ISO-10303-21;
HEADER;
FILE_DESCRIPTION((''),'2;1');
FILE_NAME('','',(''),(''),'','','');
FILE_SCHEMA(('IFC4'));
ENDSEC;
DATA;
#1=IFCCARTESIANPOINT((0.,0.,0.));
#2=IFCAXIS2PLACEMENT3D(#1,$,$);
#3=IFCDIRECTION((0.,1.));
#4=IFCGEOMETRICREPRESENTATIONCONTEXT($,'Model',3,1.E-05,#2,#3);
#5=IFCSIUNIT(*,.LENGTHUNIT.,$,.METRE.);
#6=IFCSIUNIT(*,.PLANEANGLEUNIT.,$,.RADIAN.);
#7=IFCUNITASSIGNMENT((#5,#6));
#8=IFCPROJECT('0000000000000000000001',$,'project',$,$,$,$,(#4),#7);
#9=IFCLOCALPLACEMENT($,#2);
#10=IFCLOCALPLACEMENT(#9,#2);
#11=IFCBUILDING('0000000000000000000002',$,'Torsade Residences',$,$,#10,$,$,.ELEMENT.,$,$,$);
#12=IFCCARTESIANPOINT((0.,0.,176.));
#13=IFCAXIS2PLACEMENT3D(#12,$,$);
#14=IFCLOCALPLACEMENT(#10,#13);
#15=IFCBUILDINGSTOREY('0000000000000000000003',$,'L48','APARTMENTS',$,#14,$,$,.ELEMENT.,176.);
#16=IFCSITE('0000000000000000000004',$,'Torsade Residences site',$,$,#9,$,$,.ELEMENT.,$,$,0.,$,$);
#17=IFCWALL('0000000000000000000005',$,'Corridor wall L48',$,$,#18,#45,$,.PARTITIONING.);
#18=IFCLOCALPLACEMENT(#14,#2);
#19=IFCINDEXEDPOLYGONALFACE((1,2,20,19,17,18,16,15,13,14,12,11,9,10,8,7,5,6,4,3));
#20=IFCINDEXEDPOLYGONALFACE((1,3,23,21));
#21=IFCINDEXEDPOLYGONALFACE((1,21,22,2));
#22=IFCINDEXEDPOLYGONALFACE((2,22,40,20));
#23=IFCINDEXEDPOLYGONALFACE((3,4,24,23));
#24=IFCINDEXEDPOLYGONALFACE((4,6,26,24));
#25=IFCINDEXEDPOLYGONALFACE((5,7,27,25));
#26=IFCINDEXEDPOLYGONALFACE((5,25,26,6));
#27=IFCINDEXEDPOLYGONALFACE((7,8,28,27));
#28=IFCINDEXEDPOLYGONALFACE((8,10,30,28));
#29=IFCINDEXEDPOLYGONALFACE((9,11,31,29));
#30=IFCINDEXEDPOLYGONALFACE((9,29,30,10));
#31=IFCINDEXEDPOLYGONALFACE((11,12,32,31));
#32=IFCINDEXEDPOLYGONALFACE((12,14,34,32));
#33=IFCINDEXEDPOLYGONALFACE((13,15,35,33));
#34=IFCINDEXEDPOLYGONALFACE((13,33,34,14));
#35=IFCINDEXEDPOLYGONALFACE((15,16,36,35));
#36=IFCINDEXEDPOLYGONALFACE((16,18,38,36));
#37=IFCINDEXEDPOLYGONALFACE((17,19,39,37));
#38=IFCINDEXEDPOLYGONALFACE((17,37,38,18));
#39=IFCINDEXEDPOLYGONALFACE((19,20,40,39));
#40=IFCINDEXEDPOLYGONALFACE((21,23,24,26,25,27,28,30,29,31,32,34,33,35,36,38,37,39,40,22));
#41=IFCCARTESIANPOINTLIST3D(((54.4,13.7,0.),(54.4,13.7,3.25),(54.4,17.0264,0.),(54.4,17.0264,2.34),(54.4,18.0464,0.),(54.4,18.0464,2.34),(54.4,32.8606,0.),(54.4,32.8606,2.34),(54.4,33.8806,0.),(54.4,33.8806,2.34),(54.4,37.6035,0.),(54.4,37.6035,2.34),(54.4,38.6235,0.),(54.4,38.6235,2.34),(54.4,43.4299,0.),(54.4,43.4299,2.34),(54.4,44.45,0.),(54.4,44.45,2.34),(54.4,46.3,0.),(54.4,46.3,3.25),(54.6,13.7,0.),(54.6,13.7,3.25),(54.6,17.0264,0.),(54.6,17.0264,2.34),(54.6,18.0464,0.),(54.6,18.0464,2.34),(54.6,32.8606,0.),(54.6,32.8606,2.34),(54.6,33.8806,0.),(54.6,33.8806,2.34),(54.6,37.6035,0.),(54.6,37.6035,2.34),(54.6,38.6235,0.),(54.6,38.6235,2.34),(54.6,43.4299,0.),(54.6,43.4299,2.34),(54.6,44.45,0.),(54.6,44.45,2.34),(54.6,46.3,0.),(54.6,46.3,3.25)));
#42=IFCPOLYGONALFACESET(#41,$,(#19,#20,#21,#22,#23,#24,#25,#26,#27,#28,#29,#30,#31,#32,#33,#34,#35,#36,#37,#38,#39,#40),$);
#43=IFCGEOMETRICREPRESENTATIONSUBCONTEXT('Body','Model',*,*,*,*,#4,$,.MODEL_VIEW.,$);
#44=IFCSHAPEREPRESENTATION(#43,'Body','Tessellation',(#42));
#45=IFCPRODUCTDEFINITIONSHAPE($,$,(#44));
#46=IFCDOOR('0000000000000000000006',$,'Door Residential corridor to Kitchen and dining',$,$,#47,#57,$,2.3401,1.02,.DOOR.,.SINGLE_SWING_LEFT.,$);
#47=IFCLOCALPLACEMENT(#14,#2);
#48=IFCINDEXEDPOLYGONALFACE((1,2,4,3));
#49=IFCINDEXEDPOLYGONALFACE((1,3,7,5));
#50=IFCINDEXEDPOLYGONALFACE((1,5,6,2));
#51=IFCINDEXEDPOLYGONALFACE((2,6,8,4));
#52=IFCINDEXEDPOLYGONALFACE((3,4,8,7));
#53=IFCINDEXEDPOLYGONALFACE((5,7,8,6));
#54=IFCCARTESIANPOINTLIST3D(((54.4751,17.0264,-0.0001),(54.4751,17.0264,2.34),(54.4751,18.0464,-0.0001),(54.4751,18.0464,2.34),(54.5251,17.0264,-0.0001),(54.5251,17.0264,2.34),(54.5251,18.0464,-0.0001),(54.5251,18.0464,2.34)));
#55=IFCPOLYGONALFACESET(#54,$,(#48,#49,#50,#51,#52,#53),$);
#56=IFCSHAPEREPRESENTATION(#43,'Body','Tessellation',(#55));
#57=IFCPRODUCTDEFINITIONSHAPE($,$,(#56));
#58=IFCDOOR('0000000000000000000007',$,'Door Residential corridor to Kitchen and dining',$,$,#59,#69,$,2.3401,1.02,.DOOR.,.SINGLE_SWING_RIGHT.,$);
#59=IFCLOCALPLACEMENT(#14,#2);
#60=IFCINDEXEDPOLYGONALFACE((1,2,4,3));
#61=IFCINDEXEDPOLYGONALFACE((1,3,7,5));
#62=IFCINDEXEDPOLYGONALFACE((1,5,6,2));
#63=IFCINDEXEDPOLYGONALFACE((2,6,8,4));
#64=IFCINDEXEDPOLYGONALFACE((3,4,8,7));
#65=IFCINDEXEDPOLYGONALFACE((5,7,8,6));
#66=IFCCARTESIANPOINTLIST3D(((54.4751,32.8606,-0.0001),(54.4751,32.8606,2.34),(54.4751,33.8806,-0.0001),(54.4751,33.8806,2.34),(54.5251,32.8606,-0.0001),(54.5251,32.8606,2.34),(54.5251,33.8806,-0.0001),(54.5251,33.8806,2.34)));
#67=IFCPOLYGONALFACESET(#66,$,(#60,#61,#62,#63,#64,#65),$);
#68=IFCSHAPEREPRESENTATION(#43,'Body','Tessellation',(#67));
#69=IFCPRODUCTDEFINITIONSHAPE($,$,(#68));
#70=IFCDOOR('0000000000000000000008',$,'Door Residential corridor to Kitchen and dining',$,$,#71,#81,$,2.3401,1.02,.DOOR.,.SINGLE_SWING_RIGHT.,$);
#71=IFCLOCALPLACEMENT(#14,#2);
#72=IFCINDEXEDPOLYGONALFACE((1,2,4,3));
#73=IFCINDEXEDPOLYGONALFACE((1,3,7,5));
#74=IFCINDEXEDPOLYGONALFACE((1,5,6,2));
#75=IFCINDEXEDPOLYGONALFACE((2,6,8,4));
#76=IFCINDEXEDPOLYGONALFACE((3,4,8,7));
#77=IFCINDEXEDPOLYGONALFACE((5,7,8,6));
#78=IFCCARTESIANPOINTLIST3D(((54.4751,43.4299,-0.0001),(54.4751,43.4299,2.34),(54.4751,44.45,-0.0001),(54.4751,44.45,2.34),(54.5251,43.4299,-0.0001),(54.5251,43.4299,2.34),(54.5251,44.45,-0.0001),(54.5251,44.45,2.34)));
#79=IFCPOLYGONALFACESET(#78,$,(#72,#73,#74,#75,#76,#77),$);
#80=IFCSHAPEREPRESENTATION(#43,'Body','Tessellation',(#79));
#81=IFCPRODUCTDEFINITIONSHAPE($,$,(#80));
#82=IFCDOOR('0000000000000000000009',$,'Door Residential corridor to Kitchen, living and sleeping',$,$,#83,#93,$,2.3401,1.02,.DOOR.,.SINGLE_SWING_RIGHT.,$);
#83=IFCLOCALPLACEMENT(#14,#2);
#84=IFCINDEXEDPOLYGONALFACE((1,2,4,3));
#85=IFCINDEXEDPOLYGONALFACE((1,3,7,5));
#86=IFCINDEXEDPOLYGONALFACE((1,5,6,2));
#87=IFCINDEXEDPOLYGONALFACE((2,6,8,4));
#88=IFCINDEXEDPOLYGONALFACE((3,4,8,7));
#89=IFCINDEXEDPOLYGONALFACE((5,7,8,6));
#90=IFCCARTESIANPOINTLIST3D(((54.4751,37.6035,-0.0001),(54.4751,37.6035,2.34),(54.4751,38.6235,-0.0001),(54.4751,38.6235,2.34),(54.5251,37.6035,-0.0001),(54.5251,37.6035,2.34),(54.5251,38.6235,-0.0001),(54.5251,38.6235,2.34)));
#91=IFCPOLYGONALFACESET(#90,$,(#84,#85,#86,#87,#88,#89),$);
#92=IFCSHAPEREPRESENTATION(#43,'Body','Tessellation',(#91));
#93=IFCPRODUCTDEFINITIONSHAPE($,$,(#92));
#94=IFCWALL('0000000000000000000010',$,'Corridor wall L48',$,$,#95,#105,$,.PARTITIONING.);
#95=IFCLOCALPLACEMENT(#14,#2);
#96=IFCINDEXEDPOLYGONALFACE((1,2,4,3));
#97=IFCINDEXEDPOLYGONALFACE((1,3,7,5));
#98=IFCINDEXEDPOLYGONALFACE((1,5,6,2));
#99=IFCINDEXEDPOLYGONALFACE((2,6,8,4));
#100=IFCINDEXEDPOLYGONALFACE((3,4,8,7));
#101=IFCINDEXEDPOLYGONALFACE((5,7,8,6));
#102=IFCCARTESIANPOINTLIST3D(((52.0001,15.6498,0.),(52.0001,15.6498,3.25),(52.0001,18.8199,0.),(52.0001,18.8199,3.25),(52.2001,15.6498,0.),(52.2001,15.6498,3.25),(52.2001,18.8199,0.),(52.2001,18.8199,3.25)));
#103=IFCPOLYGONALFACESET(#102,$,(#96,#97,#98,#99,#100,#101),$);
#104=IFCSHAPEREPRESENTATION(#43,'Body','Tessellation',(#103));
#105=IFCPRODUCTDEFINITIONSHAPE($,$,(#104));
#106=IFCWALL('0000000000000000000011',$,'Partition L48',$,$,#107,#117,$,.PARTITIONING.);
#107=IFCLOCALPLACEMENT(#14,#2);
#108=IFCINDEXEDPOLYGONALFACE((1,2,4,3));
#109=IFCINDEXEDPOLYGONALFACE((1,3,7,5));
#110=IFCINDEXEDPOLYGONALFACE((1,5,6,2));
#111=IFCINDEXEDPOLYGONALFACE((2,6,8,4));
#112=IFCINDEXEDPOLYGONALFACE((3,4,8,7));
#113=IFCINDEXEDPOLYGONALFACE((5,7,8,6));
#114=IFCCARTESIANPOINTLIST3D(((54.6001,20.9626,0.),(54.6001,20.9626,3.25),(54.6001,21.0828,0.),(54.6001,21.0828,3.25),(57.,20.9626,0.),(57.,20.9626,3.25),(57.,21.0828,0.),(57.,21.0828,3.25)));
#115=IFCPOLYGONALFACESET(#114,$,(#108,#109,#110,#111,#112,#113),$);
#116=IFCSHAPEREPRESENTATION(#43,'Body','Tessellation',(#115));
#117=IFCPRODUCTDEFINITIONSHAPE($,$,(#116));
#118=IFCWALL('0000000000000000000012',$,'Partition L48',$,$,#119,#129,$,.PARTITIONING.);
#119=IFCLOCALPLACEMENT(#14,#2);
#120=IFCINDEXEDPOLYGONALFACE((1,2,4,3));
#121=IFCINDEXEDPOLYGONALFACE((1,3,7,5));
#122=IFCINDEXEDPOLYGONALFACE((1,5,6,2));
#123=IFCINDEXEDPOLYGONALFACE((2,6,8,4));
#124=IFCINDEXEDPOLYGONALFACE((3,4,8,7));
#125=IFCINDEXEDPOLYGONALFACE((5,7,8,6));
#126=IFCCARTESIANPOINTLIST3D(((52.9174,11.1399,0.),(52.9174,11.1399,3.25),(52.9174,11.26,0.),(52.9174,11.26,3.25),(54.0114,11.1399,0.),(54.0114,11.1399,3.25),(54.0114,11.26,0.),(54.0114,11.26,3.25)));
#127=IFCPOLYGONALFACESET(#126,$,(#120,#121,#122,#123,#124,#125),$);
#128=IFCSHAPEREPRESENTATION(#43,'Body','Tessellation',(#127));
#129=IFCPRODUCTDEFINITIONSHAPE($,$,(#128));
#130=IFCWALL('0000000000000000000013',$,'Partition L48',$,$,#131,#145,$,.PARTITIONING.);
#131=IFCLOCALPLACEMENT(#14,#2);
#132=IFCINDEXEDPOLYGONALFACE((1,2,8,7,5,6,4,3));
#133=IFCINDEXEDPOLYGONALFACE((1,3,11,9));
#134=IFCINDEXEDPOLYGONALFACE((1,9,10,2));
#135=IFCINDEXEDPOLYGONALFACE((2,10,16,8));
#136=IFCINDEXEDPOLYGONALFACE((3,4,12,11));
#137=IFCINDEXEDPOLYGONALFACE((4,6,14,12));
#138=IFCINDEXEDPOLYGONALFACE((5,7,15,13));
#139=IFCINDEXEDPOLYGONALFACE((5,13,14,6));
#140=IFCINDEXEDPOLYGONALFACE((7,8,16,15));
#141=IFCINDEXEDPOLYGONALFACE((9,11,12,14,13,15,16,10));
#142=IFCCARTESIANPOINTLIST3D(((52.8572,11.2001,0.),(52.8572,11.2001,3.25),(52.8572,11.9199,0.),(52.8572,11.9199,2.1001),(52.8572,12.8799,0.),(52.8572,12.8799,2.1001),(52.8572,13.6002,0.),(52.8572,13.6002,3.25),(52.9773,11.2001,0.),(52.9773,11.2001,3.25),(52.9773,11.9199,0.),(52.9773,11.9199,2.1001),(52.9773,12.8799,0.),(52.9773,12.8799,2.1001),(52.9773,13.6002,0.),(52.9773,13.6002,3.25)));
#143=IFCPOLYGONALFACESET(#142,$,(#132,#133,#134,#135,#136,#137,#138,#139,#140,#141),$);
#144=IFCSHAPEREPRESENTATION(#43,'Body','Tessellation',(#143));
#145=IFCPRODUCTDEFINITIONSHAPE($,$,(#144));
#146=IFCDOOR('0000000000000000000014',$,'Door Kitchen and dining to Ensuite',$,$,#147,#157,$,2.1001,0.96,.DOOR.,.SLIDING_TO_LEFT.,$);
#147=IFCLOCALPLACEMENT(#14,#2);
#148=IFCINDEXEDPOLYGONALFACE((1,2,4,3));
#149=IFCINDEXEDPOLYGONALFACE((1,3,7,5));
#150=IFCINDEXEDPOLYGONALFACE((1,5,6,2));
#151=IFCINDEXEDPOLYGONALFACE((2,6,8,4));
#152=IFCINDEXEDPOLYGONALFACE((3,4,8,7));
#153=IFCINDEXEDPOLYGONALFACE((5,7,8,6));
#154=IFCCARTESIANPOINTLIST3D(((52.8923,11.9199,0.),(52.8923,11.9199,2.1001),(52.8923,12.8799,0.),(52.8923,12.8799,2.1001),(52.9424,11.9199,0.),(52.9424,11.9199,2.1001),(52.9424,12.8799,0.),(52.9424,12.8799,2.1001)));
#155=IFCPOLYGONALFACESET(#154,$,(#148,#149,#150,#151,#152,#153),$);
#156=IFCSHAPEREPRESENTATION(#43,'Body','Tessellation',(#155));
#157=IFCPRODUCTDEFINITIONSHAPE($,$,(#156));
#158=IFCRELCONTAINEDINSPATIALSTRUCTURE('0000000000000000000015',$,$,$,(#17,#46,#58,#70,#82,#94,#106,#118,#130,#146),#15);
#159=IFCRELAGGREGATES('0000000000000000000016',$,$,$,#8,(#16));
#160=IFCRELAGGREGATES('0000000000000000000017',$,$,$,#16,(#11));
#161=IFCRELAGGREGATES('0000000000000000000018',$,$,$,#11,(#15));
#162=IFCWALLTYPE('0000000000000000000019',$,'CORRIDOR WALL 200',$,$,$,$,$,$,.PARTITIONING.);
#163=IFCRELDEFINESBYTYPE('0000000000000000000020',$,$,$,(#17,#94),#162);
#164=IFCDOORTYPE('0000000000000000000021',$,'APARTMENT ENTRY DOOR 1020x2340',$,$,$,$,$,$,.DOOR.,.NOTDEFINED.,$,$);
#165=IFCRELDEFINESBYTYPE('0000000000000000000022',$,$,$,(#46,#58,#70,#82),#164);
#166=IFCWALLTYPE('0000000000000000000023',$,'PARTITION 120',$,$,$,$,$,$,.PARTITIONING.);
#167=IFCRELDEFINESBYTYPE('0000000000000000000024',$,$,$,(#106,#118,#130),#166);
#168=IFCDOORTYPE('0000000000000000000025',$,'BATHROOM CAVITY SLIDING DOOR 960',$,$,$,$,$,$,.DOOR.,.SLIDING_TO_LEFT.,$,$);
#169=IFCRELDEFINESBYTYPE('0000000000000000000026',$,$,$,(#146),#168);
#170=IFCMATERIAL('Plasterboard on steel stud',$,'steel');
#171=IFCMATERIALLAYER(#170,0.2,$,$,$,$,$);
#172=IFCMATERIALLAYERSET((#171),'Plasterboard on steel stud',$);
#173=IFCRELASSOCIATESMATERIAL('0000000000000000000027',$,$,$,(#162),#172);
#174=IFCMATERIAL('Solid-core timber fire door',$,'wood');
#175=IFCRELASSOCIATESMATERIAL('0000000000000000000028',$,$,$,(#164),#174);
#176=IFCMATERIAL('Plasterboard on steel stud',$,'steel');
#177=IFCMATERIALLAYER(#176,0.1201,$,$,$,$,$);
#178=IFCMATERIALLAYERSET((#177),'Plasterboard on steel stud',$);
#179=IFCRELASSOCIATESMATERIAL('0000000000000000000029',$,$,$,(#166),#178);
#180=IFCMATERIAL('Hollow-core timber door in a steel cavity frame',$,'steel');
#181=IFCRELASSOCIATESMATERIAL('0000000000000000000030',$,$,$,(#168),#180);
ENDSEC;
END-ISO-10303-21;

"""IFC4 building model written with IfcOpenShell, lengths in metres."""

from ifc_helpers import new_model, si_unit, direction, frame, frame_2d, origin, place, context, subcontext, project, spatial, rectangle, extrude, material, layer, layer_set, type_object, element, fill, save


model = new_model("IFC4")

# Units and contexts
model_context = context("Model", 3, precision=1e-05, world=origin(), true_north=direction((0.0, 1.0)))
body_context = subcontext(model_context, "Body", "Model", "MODEL_VIEW")
ifc_project = project(units=[si_unit("LENGTHUNIT", "METRE"), si_unit("PLANEANGLEUNIT", "RADIAN")], contexts=[model_context])

# Site, building, storey
site_placement = place(None, origin())
site = spatial("IfcSite", under=ifc_project, at=site_placement, Name="Torsade Residences site", CompositionType="ELEMENT", RefElevation=0.0)
building_placement = place(site_placement, origin())
building = spatial("IfcBuilding", under=site, at=building_placement, Name="Torsade Residences", CompositionType="ELEMENT")
storey_placement = place(building_placement, frame((0.0, 0.0, 176.0)))
storey = spatial("IfcBuildingStorey", under=building, at=storey_placement, Name="L48", Description="APARTMENTS", CompositionType="ELEMENT", Elevation=176.0)

# Wall, openings, doors
ifc_material_1 = material(Name="Plasterboard on steel stud", Category="steel")
ifc_layer_1 = layer(ifc_material_1, 0.2)
ifc_layer_set_1 = layer_set([ifc_layer_1], Name="Plasterboard on steel stud")
wall_type_1 = type_object("IfcWallType", Name="CORRIDOR WALL 200", PredefinedType="PARTITIONING", material=ifc_layer_set_1)
wall_1_placement = place(storey_placement, frame((54.5, 13.7, 0.0), z_axis=(0.0, 0.0, 1.0), x_axis=(0.0, 1.0, 0.0)))
wall_1 = element("IfcWall", 1, at=wall_1_placement, inside=storey, type_object=wall_type_1, Name="Corridor wall L48", PredefinedType="PARTITIONING", context=body_context, shape_type="SweptSolid", body=[
    extrude(rectangle(XDim=32.6001, YDim=0.2, at=frame_2d((16.3, 0.0))), origin(), (0.0, 0.0, 1.0), 3.25),
])
opening_1_placement = place(wall_1_placement, frame((3.3264, 0.0, 0.0)))
opening_1 = element("IfcOpeningElement", 2, at=opening_1_placement, cuts=wall_1, PredefinedType="OPENING", context=body_context, shape_type="SweptSolid", body=[
    extrude(rectangle(XDim=1.02, YDim=2.3401, at=frame_2d((0.51, 1.1699))), frame((0.0, 0.1099, 0.0), z_axis=(0.0, -1.0, 0.0), x_axis=(1.0, 0.0, 0.0)), (0.0, 0.0, 1.0), 0.22),
])
opening_2_placement = place(wall_1_placement, frame((19.1606, 0.0, 0.0)))
opening_2 = element("IfcOpeningElement", 3, at=opening_2_placement, cuts=wall_1, PredefinedType="OPENING", context=body_context, shape_type="SweptSolid", body=[
    extrude(rectangle(XDim=1.02, YDim=2.3401, at=frame_2d((0.51, 1.1699))), frame((0.0, 0.1099, 0.0), z_axis=(0.0, -1.0, 0.0), x_axis=(1.0, 0.0, 0.0)), (0.0, 0.0, 1.0), 0.22),
])
opening_3_placement = place(wall_1_placement, frame((29.73, 0.0, 0.0)))
opening_3 = element("IfcOpeningElement", 4, at=opening_3_placement, cuts=wall_1, PredefinedType="OPENING", context=body_context, shape_type="SweptSolid", body=[
    extrude(rectangle(XDim=1.02, YDim=2.3401, at=frame_2d((0.51, 1.1699))), frame((0.0, 0.1099, 0.0), z_axis=(0.0, -1.0, 0.0), x_axis=(1.0, 0.0, 0.0)), (0.0, 0.0, 1.0), 0.22),
])
opening_4_placement = place(wall_1_placement, frame((23.9036, 0.0, 0.0)))
opening_4 = element("IfcOpeningElement", 5, at=opening_4_placement, cuts=wall_1, PredefinedType="OPENING", context=body_context, shape_type="SweptSolid", body=[
    extrude(rectangle(XDim=1.02, YDim=2.3401, at=frame_2d((0.51, 1.1699))), frame((0.0, 0.1099, 0.0), z_axis=(0.0, -1.0, 0.0), x_axis=(1.0, 0.0, 0.0)), (0.0, 0.0, 1.0), 0.22),
])
ifc_material_2 = material(Name="Solid-core timber fire door", Category="wood")
door_type_1 = type_object("IfcDoorType", Name="APARTMENT ENTRY DOOR 1020x2340", OperationType="NOTDEFINED", PredefinedType="DOOR", material=ifc_material_2)
door_1_placement = place(opening_1_placement, origin())
door_1 = element("IfcDoor", 6, at=door_1_placement, inside=storey, type_object=door_type_1, Name="Door Residential corridor to Kitchen and dining", OperationType="SINGLE_SWING_LEFT", OverallHeight=2.3401, OverallWidth=1.02, PredefinedType="DOOR", context=body_context, shape_type="SweptSolid", body=[
    extrude(rectangle(XDim=1.02, YDim=2.3401, at=frame_2d((0.51, 1.1699))), frame((0.0, 0.0249, 0.0), z_axis=(0.0, -1.0, 0.0), x_axis=(1.0, 0.0, 0.0)), (0.0, 0.0, 1.0), 0.05),
])
fill(opening_1, door_1)
door_2_placement = place(opening_2_placement, origin())
door_2 = element("IfcDoor", 7, at=door_2_placement, inside=storey, type_object=door_type_1, Name="Door Residential corridor to Kitchen and dining", OperationType="SINGLE_SWING_RIGHT", OverallHeight=2.3401, OverallWidth=1.02, PredefinedType="DOOR", context=body_context, shape_type="SweptSolid", body=[
    extrude(rectangle(XDim=1.02, YDim=2.3401, at=frame_2d((0.51, 1.1699))), frame((0.0, 0.0249, 0.0), z_axis=(0.0, -1.0, 0.0), x_axis=(1.0, 0.0, 0.0)), (0.0, 0.0, 1.0), 0.05),
])
fill(opening_2, door_2)
door_3_placement = place(opening_3_placement, origin())
door_3 = element("IfcDoor", 8, at=door_3_placement, inside=storey, type_object=door_type_1, Name="Door Residential corridor to Kitchen and dining", OperationType="SINGLE_SWING_RIGHT", OverallHeight=2.3401, OverallWidth=1.02, PredefinedType="DOOR", context=body_context, shape_type="SweptSolid", body=[
    extrude(rectangle(XDim=1.02, YDim=2.3401, at=frame_2d((0.51, 1.1699))), frame((0.0, 0.0249, 0.0), z_axis=(0.0, -1.0, 0.0), x_axis=(1.0, 0.0, 0.0)), (0.0, 0.0, 1.0), 0.05),
])
fill(opening_3, door_3)
door_4_placement = place(opening_4_placement, origin())
door_4 = element("IfcDoor", 9, at=door_4_placement, inside=storey, type_object=door_type_1, Name="Door Residential corridor to Kitchen, living and sleeping", OperationType="SINGLE_SWING_RIGHT", OverallHeight=2.3401, OverallWidth=1.02, PredefinedType="DOOR", context=body_context, shape_type="SweptSolid", body=[
    extrude(rectangle(XDim=1.02, YDim=2.3401, at=frame_2d((0.51, 1.1699))), frame((0.0, 0.0249, 0.0), z_axis=(0.0, -1.0, 0.0), x_axis=(1.0, 0.0, 0.0)), (0.0, 0.0, 1.0), 0.05),
])
fill(opening_4, door_4)

# Walls
wall_2_placement = place(storey_placement, frame((52.1001, 15.6499, 0.0), z_axis=(0.0, 0.0, 1.0), x_axis=(0.0, 1.0, 0.0)))
element("IfcWall", 10, at=wall_2_placement, inside=storey, type_object=wall_type_1, Name="Corridor wall L48", PredefinedType="PARTITIONING", context=body_context, shape_type="SweptSolid", body=[
    extrude(rectangle(XDim=3.1702, YDim=0.2, at=frame_2d((1.585, 0.0))), origin(), (0.0, 0.0, 1.0), 3.25),
])
ifc_material_3 = material(Name="Plasterboard on steel stud", Category="steel")
ifc_layer_2 = layer(ifc_material_3, 0.1201)
ifc_layer_set_2 = layer_set([ifc_layer_2], Name="Plasterboard on steel stud")
wall_type_2 = type_object("IfcWallType", Name="PARTITION 120", PredefinedType="PARTITIONING", material=ifc_layer_set_2)
wall_3_placement = place(storey_placement, frame((54.6001, 21.0227, 0.0), z_axis=(0.0, 0.0, 1.0), x_axis=(1.0, 0.0, 0.0)))
element("IfcWall", 11, at=wall_3_placement, inside=storey, type_object=wall_type_2, Name="Partition L48", PredefinedType="PARTITIONING", context=body_context, shape_type="SweptSolid", body=[
    extrude(rectangle(XDim=2.3999, YDim=0.1201, at=frame_2d((1.2, 0.0))), origin(), (0.0, 0.0, 1.0), 3.25),
])
wall_4_placement = place(storey_placement, frame((54.0112, 11.2, 0.0), z_axis=(0.0, 0.0, 1.0), x_axis=(-1.0, 0.0, 0.0)))
element("IfcWall", 12, at=wall_4_placement, inside=storey, type_object=wall_type_2, Name="Partition L48", PredefinedType="PARTITIONING", context=body_context, shape_type="SweptSolid", body=[
    extrude(rectangle(XDim=1.094, YDim=0.1201, at=frame_2d((0.5469, 0.0))), origin(), (0.0, 0.0, 1.0), 3.25),
])

# Wall, opening, door
wall_5_placement = place(storey_placement, frame((52.9172, 11.2, 0.0), z_axis=(0.0, 0.0, 1.0), x_axis=(0.0, 1.0, 0.0)))
wall_5 = element("IfcWall", 13, at=wall_5_placement, inside=storey, type_object=wall_type_2, Name="Partition L48", PredefinedType="PARTITIONING", context=body_context, shape_type="SweptSolid", body=[
    extrude(rectangle(XDim=2.4001, YDim=0.1201, at=frame_2d((1.2002, 0.0))), origin(), (0.0, 0.0, 1.0), 3.25),
])
opening_5_placement = place(wall_5_placement, frame((0.72, 0.0, 0.0)))
opening_5 = element("IfcOpeningElement", 14, at=opening_5_placement, cuts=wall_5, PredefinedType="OPENING", context=body_context, shape_type="SweptSolid", body=[
    extrude(rectangle(XDim=0.96, YDim=2.1001, at=frame_2d((0.48, 1.05))), frame((0.0, 0.0701, 0.0), z_axis=(0.0, -1.0, 0.0), x_axis=(1.0, 0.0, 0.0)), (0.0, 0.0, 1.0), 0.1401),
])
ifc_material_4 = material(Name="Hollow-core timber door in a steel cavity frame", Category="steel")
door_type_2 = type_object("IfcDoorType", Name="BATHROOM CAVITY SLIDING DOOR 960", OperationType="SLIDING_TO_LEFT", PredefinedType="DOOR", material=ifc_material_4)
door_5_placement = place(opening_5_placement, origin())
door_5 = element("IfcDoor", 15, at=door_5_placement, inside=storey, type_object=door_type_2, Name="Door Kitchen and dining to Ensuite", OperationType="SLIDING_TO_LEFT", OverallHeight=2.1001, OverallWidth=0.96, PredefinedType="DOOR", context=body_context, shape_type="SweptSolid", body=[
    extrude(rectangle(XDim=0.96, YDim=2.1001, at=frame_2d((0.48, 1.05))), frame((0.0, 0.0249, 0.0), z_axis=(0.0, -1.0, 0.0), x_axis=(1.0, 0.0, 0.0)), (0.0, 0.0, 1.0), 0.05),
])
fill(opening_5, door_5)

save(model, "model.ifc")
